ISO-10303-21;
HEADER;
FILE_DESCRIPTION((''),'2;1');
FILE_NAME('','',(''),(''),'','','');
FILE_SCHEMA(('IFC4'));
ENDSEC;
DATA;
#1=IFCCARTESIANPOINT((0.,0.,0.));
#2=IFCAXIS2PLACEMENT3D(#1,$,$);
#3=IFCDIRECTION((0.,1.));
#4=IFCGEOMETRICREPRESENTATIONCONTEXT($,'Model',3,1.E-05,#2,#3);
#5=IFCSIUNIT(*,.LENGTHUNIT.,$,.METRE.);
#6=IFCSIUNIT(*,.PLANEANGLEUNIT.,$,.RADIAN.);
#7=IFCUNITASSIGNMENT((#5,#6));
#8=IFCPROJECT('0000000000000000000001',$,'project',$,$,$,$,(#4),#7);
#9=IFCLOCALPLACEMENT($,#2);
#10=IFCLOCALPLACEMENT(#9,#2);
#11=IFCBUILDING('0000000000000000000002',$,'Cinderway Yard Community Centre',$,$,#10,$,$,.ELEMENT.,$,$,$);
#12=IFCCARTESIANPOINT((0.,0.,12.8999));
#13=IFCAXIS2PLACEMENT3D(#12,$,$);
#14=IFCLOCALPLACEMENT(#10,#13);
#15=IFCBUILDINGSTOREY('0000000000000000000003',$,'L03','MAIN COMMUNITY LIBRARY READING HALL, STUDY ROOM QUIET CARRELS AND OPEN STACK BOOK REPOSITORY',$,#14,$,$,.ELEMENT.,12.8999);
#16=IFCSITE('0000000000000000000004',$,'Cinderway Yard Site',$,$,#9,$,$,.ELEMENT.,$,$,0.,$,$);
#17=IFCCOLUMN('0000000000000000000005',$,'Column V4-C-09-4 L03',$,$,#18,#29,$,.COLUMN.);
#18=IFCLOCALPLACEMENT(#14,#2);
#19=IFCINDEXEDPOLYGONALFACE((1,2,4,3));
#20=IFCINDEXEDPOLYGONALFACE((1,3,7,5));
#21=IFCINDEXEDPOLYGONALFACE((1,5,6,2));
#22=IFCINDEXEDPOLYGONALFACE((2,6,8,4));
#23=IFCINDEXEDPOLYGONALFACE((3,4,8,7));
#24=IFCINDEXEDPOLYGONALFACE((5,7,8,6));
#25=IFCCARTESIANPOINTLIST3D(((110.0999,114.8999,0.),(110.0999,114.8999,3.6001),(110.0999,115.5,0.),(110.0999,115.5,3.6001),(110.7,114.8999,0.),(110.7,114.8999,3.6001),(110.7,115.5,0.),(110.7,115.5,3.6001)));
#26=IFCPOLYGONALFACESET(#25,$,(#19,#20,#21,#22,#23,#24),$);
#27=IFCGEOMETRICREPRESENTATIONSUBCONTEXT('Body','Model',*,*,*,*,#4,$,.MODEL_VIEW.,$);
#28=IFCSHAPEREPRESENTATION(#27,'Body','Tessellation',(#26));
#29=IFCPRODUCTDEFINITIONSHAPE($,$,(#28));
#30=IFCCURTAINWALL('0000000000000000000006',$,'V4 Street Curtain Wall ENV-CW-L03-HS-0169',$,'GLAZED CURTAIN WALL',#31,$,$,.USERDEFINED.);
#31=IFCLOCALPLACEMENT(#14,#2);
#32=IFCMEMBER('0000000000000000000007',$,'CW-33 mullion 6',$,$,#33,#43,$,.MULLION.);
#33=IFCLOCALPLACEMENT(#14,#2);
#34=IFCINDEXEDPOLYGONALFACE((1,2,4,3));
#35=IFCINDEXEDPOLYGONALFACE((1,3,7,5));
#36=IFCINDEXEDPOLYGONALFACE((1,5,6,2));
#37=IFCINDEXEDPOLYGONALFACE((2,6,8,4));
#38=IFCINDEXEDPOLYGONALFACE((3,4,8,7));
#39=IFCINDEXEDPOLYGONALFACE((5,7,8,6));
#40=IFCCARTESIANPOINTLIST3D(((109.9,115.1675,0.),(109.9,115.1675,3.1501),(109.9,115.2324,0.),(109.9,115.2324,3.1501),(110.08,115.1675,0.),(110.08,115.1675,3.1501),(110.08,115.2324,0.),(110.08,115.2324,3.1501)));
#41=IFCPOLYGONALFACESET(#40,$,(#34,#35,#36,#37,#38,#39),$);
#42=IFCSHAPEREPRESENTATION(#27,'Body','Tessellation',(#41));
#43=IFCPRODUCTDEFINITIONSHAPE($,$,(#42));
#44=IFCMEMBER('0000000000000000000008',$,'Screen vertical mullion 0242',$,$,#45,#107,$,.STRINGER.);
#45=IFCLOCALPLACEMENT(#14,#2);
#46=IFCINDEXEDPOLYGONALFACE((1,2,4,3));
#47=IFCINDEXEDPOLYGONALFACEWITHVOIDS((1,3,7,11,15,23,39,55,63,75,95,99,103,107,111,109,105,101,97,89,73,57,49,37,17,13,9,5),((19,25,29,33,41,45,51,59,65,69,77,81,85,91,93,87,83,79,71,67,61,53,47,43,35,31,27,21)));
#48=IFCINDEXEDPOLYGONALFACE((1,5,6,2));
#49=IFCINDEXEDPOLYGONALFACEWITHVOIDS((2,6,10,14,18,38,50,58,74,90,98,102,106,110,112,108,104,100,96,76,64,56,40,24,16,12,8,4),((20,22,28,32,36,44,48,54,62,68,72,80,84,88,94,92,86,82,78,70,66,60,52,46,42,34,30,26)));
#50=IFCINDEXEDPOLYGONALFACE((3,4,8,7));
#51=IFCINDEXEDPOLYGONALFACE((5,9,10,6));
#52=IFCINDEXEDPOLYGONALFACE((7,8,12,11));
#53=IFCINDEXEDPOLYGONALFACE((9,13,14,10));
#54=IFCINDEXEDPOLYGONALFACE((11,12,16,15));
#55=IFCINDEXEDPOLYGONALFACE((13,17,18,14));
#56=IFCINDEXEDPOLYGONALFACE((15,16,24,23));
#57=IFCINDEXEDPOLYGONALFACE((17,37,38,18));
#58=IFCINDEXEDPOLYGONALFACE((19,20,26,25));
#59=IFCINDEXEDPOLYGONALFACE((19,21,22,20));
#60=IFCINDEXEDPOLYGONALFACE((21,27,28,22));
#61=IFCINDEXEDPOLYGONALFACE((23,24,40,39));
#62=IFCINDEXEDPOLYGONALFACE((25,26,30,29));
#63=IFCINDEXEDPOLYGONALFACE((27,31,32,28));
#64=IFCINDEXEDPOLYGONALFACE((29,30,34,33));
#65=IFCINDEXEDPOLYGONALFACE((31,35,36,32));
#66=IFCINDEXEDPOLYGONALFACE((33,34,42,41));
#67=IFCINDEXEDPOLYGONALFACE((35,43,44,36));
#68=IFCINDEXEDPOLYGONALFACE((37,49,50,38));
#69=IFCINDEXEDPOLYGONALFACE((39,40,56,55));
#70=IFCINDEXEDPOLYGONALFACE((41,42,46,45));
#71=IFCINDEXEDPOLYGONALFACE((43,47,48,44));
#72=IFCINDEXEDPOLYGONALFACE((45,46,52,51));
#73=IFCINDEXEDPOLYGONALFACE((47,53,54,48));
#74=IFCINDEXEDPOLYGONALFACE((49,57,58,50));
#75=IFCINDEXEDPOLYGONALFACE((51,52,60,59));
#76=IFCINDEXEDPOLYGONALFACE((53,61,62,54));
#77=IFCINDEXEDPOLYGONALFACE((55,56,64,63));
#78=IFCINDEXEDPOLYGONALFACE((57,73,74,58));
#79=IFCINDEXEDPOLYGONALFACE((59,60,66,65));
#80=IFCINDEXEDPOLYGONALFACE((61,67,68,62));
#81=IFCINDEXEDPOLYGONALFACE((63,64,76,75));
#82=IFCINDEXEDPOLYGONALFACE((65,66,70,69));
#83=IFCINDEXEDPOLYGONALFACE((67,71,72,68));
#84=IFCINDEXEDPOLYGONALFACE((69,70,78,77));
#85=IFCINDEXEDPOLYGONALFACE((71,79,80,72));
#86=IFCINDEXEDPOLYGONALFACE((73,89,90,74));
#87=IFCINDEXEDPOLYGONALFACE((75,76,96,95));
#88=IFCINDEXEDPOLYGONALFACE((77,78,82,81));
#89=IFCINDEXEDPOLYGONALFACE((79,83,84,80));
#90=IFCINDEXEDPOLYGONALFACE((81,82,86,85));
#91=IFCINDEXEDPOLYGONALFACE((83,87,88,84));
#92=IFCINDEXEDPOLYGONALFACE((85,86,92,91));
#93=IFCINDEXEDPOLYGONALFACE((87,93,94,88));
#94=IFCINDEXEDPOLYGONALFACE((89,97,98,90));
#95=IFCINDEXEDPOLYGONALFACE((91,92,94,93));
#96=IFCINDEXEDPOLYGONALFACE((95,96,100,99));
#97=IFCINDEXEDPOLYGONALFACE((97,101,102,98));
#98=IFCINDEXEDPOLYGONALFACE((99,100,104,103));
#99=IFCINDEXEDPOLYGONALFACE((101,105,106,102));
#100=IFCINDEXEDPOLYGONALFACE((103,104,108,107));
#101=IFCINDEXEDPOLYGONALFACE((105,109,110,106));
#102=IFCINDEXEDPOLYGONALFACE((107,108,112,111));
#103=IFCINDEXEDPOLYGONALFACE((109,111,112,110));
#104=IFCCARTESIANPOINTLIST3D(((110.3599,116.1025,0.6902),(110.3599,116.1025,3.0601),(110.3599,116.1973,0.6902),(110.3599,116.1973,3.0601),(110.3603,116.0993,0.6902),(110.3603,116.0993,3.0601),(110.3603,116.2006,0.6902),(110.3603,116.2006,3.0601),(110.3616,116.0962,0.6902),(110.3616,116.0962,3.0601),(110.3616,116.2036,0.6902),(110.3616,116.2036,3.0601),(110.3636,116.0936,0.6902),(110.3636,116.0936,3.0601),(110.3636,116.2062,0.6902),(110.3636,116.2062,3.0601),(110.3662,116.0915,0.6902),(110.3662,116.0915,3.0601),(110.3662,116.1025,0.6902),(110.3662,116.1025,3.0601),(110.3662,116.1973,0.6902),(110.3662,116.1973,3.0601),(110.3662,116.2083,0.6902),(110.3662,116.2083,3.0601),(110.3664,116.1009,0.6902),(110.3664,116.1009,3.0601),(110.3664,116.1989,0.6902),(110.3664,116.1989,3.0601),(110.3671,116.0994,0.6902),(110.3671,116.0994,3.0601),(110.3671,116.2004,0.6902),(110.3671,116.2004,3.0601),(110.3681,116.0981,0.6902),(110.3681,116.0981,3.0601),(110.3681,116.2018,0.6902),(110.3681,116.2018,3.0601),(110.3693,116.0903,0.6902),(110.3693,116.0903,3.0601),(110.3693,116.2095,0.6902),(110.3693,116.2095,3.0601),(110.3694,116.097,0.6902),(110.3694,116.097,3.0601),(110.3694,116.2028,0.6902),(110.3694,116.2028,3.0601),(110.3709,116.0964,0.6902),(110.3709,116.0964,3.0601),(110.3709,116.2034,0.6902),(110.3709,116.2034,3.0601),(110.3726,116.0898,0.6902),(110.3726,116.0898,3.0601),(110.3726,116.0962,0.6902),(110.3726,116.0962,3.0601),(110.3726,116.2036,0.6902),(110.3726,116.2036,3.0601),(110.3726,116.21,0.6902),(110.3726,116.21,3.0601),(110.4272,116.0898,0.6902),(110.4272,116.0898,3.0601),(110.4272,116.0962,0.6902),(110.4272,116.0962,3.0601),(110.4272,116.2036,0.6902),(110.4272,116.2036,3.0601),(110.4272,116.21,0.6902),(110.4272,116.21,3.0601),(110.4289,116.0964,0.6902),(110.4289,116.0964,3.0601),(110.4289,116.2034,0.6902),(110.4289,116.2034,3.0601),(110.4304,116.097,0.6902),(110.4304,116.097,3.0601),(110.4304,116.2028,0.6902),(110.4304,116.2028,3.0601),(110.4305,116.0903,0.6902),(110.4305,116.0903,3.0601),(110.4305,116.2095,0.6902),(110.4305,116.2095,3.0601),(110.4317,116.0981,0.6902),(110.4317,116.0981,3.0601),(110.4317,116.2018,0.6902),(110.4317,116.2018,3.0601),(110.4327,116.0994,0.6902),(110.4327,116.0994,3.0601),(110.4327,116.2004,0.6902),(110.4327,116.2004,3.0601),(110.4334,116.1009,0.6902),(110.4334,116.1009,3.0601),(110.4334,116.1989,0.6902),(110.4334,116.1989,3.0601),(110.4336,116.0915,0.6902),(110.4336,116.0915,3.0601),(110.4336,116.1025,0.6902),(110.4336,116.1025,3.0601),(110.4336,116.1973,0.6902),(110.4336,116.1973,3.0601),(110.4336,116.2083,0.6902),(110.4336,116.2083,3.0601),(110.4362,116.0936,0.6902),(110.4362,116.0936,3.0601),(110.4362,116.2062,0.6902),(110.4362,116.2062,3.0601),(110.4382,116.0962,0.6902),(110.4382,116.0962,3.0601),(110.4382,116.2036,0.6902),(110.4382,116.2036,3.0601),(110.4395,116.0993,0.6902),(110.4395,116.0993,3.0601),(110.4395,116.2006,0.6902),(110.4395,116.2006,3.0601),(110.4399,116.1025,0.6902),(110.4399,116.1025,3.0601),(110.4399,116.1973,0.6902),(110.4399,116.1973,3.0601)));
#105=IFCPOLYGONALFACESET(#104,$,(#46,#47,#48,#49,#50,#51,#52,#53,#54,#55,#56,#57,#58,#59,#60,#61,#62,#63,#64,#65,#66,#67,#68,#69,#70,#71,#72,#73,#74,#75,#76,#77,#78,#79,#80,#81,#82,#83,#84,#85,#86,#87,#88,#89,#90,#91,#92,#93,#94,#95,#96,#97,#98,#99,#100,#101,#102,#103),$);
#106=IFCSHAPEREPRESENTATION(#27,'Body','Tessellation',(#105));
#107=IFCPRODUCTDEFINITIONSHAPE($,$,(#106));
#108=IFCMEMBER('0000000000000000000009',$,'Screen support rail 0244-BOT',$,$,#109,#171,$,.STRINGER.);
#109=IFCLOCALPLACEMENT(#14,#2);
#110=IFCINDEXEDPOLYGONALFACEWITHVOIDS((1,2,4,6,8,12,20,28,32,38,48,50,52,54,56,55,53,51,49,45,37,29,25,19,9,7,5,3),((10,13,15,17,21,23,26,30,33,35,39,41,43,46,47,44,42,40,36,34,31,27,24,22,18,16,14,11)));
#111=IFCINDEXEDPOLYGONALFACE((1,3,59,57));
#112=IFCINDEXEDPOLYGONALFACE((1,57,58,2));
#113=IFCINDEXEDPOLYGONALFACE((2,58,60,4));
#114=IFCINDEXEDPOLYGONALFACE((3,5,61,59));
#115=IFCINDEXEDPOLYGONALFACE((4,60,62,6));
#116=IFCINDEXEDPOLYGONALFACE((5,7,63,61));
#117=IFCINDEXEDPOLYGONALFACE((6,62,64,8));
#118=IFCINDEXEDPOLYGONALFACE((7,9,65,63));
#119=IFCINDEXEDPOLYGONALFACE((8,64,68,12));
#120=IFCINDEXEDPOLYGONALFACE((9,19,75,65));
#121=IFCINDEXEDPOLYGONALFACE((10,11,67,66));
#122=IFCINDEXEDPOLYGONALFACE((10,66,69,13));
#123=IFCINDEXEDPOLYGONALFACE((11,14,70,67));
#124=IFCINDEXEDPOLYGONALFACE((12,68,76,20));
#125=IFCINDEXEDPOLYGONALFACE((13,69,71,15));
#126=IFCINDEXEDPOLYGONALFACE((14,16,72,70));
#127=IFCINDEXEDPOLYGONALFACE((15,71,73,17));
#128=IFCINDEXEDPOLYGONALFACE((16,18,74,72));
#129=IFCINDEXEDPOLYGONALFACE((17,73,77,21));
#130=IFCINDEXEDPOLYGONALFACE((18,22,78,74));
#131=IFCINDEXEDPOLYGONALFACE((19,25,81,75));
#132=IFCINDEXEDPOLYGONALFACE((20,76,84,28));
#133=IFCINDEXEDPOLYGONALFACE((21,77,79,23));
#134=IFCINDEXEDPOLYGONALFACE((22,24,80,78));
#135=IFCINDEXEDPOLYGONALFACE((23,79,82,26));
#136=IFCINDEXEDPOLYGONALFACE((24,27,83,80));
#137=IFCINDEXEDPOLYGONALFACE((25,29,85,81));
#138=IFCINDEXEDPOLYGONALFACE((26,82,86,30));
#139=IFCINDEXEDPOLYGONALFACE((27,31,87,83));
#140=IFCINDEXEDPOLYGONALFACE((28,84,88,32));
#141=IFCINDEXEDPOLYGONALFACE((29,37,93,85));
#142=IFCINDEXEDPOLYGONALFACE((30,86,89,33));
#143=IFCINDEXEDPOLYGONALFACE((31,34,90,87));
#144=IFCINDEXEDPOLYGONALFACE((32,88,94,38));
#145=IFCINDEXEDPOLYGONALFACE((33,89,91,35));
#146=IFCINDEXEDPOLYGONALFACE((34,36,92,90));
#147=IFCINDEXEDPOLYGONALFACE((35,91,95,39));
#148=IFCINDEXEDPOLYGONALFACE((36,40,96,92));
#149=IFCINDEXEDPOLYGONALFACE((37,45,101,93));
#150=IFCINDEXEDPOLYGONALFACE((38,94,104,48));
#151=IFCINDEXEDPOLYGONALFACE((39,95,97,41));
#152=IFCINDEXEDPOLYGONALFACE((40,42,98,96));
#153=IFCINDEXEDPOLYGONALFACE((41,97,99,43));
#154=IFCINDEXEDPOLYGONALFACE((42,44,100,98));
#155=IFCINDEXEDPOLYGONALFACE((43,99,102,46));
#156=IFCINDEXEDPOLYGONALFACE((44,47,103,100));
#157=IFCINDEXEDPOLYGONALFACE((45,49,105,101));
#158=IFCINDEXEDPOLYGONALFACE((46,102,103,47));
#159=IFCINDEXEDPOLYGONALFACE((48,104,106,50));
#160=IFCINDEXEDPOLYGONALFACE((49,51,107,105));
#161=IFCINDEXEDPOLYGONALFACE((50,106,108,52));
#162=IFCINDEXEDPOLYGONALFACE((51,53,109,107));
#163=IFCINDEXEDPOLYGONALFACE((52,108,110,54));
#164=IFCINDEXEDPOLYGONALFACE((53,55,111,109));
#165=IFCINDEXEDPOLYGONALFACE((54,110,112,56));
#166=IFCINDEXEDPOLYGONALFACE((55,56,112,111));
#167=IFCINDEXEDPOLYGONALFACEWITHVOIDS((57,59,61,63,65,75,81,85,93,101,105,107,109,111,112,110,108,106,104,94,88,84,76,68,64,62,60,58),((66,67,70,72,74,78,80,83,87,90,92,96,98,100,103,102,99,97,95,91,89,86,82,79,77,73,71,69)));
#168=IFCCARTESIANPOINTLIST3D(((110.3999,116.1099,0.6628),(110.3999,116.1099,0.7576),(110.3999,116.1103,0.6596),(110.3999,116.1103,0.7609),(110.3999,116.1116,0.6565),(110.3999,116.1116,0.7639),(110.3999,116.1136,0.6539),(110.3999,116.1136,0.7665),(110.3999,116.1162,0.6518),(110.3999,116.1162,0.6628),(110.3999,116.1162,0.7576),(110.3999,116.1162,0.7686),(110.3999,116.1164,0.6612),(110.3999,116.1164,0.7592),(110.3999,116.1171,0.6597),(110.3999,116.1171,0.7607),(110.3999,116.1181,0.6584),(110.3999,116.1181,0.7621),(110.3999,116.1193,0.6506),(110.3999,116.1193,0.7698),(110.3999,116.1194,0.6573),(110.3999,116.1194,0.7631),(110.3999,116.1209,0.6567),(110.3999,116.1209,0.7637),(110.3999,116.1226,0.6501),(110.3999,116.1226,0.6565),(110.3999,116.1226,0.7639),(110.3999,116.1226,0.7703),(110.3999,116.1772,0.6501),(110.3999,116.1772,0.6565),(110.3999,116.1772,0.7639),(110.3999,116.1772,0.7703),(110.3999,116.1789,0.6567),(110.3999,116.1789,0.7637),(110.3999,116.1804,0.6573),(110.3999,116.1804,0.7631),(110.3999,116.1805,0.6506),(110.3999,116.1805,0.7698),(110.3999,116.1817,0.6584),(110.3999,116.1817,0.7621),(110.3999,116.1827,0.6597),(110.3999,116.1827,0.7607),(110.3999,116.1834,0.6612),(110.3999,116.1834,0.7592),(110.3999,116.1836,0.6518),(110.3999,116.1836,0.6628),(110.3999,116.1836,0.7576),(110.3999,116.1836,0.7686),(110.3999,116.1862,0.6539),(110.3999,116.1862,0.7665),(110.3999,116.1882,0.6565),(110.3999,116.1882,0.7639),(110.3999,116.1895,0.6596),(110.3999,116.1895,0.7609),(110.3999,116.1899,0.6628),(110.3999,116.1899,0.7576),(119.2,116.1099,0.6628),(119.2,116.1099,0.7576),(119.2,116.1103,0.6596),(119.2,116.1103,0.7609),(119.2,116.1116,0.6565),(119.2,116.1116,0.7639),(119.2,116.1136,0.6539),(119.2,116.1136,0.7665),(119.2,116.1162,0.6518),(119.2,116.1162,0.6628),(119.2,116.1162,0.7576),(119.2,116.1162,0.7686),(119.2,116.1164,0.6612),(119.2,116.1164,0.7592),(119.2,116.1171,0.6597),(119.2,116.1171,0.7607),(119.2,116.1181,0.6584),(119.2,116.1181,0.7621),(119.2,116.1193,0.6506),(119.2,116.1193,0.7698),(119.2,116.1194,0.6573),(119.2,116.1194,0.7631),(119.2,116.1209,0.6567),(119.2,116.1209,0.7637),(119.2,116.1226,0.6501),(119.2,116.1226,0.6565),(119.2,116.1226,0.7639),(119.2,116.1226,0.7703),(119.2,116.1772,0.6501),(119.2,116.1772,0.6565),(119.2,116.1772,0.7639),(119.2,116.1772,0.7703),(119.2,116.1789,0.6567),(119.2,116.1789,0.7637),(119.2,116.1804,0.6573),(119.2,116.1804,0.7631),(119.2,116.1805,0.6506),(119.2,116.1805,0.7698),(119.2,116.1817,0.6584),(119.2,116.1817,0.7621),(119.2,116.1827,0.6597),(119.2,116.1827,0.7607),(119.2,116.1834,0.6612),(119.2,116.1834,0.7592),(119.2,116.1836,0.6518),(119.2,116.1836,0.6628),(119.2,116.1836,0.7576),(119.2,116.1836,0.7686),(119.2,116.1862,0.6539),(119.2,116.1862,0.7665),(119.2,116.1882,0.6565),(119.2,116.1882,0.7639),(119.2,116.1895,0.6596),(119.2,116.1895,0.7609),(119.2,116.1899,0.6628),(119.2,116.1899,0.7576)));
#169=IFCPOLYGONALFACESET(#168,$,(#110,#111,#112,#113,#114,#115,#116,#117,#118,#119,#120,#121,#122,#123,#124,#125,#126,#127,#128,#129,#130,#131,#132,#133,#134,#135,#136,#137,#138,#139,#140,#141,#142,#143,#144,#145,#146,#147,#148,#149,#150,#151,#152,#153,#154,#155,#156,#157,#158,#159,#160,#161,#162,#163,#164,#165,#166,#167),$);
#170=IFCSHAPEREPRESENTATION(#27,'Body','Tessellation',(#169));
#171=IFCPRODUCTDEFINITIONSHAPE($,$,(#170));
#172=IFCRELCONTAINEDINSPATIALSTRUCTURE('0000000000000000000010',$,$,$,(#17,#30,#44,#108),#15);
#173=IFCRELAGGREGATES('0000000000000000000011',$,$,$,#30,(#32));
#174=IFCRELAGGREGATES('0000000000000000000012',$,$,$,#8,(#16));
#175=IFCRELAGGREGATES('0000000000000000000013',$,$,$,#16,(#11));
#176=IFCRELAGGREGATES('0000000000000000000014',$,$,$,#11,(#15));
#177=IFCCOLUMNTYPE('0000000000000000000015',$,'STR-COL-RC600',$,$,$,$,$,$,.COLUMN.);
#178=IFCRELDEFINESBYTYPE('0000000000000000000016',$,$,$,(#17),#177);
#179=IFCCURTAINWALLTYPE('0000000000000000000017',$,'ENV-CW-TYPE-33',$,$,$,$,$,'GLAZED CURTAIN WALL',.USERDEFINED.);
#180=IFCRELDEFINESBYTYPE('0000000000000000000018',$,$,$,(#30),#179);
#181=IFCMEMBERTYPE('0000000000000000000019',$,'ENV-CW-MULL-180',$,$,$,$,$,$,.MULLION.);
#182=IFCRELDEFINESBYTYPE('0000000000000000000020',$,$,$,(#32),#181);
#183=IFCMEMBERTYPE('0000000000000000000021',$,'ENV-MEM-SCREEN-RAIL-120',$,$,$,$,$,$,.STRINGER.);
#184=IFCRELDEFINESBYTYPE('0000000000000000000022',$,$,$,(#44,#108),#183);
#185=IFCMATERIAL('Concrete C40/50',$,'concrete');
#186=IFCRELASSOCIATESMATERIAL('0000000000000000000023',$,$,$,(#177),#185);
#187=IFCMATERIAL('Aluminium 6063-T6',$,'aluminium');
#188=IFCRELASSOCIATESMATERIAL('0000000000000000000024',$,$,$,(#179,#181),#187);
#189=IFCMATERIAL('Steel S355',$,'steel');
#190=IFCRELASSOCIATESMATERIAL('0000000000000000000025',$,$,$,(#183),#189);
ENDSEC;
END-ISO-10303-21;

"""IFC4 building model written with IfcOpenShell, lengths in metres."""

from ifc_helpers import new_model, si_unit, direction, frame, origin, origin_2d, place, context, subcontext, project, spatial, rectangle, hollow_rectangle, extrude, material, material_profile, profile_set, type_object, element, aggregate, save


model = new_model("IFC4")

# Units and contexts
model_context = context("Model", 3, precision=1e-05, world=origin(), true_north=direction((0.0, 1.0)))
body_context = subcontext(model_context, "Body", "Model", "MODEL_VIEW")
ifc_project = project(units=[si_unit("LENGTHUNIT", "METRE"), si_unit("PLANEANGLEUNIT", "RADIAN")], contexts=[model_context])

# Site, building, storey
site_placement = place(None, origin())
site = spatial("IfcSite", under=ifc_project, at=site_placement, Name="Cinderway Yard Site", CompositionType="ELEMENT", RefElevation=0.0)
building_placement = place(site_placement, origin())
building = spatial("IfcBuilding", under=site, at=building_placement, Name="Cinderway Yard Community Centre", CompositionType="ELEMENT")
storey_placement = place(building_placement, frame((0.0, 0.0, 12.8999)))
storey = spatial("IfcBuildingStorey", under=building, at=storey_placement, Name="L03", Description="MAIN COMMUNITY LIBRARY READING HALL, STUDY ROOM QUIET CARRELS AND OPEN STACK BOOK REPOSITORY", CompositionType="ELEMENT", Elevation=12.8999)

# Column
ifc_material_1 = material(Name="Concrete C40/50", Category="concrete")
ifc_material_profile_1 = material_profile(ifc_material_1, rectangle(XDim=0.6001, YDim=0.6001, at=origin_2d()), Name="Concrete C40/50")
ifc_profile_set_1 = profile_set([ifc_material_profile_1], Name="Concrete C40/50")
column_type = type_object("IfcColumnType", Name="STR-COL-RC600", PredefinedType="COLUMN", material=ifc_profile_set_1)
column_placement = place(storey_placement, frame((110.3999, 115.2, 0.0), z_axis=(0.0, 0.0, 1.0), x_axis=(1.0, 0.0, 0.0)))
element("IfcColumn", 1, at=column_placement, inside=storey, type_object=column_type, Name="Column V4-C-09-4 L03", PredefinedType="COLUMN", context=body_context, shape_type="SweptSolid", body=[
    extrude(rectangle(XDim=0.6001, YDim=0.6001, at=origin_2d()), origin(), (0.0, 0.0, 1.0), 3.6001),
])

# Curtain wall, member
ifc_material_2 = material(Name="Aluminium 6063-T6", Category="aluminium")
curtain_wall_type = type_object("IfcCurtainWallType", Name="ENV-CW-TYPE-33", ElementType="GLAZED CURTAIN WALL", PredefinedType="USERDEFINED", material=ifc_material_2)
curtain_wall_placement = place(storey_placement, origin())
curtain_wall = element("IfcCurtainWall", 2, at=curtain_wall_placement, inside=storey, type_object=curtain_wall_type, Name="V4 Street Curtain Wall ENV-CW-L03-HS-0169", ObjectType="GLAZED CURTAIN WALL", PredefinedType="USERDEFINED")
ifc_material_profile_2 = material_profile(ifc_material_2, rectangle(XDim=0.0649, YDim=0.1799, at=origin_2d()), Name="Aluminium 6063-T6")
ifc_profile_set_2 = profile_set([ifc_material_profile_2], Name="Aluminium 6063-T6")
member_type_1 = type_object("IfcMemberType", Name="ENV-CW-MULL-180", PredefinedType="MULLION", material=ifc_profile_set_2)
member_1_placement = place(storey_placement, frame((109.99, 115.2, 0.0), z_axis=(0.0, 0.0, 1.0), x_axis=(0.0, 1.0, 0.0)))
member_1 = element("IfcMember", 3, at=member_1_placement, type_object=member_type_1, Name="CW-33 mullion 6", PredefinedType="MULLION", context=body_context, shape_type="SweptSolid", body=[
    extrude(rectangle(XDim=0.0649, YDim=0.1799, at=origin_2d()), origin(), (0.0, 0.0, 1.0), 3.1501),
])

# Members
ifc_material_3 = material(Name="Steel S355", Category="steel")
ifc_material_profile_3 = material_profile(ifc_material_3, hollow_rectangle(XDim=0.0801, YDim=0.1201, WallThickness=0.0063, InnerFilletRadius=0.0063, OuterFilletRadius=0.0127, at=origin_2d()), Name="Steel S355")
ifc_profile_set_3 = profile_set([ifc_material_profile_3], Name="Steel S355")
member_type_2 = type_object("IfcMemberType", Name="ENV-MEM-SCREEN-RAIL-120", PredefinedType="STRINGER", material=ifc_profile_set_3)
member_2_placement = place(storey_placement, frame((110.3999, 116.1499, 0.6902), z_axis=(0.0, 0.0, 1.0), x_axis=(1.0, 0.0, 0.0)))
element("IfcMember", 4, at=member_2_placement, inside=storey, type_object=member_type_2, Name="Screen vertical mullion 0242", PredefinedType="STRINGER", context=body_context, shape_type="SweptSolid", body=[
    extrude(hollow_rectangle(XDim=0.0801, YDim=0.1201, WallThickness=0.0063, InnerFilletRadius=0.0063, OuterFilletRadius=0.0127, at=origin_2d()), origin(), (0.0, 0.0, 1.0), 2.3699),
])
for number, where, z_axis, x_axis, name in (
    (5, (110.3999, 116.1499, 0.7102), (1.0, 0.0, 0.0), (0.0, 1.0, 0.0), "Screen support rail 0244-BOT"),
):
    element("IfcMember", number, at=place(storey_placement, frame(where, z_axis=z_axis, x_axis=x_axis)), inside=storey, type_object=member_type_2, Name=name, PredefinedType="STRINGER", context=body_context, shape_type="SweptSolid", body=[
        extrude(hollow_rectangle(XDim=0.0801, YDim=0.1201, WallThickness=0.0063, InnerFilletRadius=0.0063, OuterFilletRadius=0.0127, at=origin_2d()), origin(), (0.0, 0.0, 1.0), 8.8),
    ])

aggregate(curtain_wall, [member_1])

save(model, "model.ifc")
